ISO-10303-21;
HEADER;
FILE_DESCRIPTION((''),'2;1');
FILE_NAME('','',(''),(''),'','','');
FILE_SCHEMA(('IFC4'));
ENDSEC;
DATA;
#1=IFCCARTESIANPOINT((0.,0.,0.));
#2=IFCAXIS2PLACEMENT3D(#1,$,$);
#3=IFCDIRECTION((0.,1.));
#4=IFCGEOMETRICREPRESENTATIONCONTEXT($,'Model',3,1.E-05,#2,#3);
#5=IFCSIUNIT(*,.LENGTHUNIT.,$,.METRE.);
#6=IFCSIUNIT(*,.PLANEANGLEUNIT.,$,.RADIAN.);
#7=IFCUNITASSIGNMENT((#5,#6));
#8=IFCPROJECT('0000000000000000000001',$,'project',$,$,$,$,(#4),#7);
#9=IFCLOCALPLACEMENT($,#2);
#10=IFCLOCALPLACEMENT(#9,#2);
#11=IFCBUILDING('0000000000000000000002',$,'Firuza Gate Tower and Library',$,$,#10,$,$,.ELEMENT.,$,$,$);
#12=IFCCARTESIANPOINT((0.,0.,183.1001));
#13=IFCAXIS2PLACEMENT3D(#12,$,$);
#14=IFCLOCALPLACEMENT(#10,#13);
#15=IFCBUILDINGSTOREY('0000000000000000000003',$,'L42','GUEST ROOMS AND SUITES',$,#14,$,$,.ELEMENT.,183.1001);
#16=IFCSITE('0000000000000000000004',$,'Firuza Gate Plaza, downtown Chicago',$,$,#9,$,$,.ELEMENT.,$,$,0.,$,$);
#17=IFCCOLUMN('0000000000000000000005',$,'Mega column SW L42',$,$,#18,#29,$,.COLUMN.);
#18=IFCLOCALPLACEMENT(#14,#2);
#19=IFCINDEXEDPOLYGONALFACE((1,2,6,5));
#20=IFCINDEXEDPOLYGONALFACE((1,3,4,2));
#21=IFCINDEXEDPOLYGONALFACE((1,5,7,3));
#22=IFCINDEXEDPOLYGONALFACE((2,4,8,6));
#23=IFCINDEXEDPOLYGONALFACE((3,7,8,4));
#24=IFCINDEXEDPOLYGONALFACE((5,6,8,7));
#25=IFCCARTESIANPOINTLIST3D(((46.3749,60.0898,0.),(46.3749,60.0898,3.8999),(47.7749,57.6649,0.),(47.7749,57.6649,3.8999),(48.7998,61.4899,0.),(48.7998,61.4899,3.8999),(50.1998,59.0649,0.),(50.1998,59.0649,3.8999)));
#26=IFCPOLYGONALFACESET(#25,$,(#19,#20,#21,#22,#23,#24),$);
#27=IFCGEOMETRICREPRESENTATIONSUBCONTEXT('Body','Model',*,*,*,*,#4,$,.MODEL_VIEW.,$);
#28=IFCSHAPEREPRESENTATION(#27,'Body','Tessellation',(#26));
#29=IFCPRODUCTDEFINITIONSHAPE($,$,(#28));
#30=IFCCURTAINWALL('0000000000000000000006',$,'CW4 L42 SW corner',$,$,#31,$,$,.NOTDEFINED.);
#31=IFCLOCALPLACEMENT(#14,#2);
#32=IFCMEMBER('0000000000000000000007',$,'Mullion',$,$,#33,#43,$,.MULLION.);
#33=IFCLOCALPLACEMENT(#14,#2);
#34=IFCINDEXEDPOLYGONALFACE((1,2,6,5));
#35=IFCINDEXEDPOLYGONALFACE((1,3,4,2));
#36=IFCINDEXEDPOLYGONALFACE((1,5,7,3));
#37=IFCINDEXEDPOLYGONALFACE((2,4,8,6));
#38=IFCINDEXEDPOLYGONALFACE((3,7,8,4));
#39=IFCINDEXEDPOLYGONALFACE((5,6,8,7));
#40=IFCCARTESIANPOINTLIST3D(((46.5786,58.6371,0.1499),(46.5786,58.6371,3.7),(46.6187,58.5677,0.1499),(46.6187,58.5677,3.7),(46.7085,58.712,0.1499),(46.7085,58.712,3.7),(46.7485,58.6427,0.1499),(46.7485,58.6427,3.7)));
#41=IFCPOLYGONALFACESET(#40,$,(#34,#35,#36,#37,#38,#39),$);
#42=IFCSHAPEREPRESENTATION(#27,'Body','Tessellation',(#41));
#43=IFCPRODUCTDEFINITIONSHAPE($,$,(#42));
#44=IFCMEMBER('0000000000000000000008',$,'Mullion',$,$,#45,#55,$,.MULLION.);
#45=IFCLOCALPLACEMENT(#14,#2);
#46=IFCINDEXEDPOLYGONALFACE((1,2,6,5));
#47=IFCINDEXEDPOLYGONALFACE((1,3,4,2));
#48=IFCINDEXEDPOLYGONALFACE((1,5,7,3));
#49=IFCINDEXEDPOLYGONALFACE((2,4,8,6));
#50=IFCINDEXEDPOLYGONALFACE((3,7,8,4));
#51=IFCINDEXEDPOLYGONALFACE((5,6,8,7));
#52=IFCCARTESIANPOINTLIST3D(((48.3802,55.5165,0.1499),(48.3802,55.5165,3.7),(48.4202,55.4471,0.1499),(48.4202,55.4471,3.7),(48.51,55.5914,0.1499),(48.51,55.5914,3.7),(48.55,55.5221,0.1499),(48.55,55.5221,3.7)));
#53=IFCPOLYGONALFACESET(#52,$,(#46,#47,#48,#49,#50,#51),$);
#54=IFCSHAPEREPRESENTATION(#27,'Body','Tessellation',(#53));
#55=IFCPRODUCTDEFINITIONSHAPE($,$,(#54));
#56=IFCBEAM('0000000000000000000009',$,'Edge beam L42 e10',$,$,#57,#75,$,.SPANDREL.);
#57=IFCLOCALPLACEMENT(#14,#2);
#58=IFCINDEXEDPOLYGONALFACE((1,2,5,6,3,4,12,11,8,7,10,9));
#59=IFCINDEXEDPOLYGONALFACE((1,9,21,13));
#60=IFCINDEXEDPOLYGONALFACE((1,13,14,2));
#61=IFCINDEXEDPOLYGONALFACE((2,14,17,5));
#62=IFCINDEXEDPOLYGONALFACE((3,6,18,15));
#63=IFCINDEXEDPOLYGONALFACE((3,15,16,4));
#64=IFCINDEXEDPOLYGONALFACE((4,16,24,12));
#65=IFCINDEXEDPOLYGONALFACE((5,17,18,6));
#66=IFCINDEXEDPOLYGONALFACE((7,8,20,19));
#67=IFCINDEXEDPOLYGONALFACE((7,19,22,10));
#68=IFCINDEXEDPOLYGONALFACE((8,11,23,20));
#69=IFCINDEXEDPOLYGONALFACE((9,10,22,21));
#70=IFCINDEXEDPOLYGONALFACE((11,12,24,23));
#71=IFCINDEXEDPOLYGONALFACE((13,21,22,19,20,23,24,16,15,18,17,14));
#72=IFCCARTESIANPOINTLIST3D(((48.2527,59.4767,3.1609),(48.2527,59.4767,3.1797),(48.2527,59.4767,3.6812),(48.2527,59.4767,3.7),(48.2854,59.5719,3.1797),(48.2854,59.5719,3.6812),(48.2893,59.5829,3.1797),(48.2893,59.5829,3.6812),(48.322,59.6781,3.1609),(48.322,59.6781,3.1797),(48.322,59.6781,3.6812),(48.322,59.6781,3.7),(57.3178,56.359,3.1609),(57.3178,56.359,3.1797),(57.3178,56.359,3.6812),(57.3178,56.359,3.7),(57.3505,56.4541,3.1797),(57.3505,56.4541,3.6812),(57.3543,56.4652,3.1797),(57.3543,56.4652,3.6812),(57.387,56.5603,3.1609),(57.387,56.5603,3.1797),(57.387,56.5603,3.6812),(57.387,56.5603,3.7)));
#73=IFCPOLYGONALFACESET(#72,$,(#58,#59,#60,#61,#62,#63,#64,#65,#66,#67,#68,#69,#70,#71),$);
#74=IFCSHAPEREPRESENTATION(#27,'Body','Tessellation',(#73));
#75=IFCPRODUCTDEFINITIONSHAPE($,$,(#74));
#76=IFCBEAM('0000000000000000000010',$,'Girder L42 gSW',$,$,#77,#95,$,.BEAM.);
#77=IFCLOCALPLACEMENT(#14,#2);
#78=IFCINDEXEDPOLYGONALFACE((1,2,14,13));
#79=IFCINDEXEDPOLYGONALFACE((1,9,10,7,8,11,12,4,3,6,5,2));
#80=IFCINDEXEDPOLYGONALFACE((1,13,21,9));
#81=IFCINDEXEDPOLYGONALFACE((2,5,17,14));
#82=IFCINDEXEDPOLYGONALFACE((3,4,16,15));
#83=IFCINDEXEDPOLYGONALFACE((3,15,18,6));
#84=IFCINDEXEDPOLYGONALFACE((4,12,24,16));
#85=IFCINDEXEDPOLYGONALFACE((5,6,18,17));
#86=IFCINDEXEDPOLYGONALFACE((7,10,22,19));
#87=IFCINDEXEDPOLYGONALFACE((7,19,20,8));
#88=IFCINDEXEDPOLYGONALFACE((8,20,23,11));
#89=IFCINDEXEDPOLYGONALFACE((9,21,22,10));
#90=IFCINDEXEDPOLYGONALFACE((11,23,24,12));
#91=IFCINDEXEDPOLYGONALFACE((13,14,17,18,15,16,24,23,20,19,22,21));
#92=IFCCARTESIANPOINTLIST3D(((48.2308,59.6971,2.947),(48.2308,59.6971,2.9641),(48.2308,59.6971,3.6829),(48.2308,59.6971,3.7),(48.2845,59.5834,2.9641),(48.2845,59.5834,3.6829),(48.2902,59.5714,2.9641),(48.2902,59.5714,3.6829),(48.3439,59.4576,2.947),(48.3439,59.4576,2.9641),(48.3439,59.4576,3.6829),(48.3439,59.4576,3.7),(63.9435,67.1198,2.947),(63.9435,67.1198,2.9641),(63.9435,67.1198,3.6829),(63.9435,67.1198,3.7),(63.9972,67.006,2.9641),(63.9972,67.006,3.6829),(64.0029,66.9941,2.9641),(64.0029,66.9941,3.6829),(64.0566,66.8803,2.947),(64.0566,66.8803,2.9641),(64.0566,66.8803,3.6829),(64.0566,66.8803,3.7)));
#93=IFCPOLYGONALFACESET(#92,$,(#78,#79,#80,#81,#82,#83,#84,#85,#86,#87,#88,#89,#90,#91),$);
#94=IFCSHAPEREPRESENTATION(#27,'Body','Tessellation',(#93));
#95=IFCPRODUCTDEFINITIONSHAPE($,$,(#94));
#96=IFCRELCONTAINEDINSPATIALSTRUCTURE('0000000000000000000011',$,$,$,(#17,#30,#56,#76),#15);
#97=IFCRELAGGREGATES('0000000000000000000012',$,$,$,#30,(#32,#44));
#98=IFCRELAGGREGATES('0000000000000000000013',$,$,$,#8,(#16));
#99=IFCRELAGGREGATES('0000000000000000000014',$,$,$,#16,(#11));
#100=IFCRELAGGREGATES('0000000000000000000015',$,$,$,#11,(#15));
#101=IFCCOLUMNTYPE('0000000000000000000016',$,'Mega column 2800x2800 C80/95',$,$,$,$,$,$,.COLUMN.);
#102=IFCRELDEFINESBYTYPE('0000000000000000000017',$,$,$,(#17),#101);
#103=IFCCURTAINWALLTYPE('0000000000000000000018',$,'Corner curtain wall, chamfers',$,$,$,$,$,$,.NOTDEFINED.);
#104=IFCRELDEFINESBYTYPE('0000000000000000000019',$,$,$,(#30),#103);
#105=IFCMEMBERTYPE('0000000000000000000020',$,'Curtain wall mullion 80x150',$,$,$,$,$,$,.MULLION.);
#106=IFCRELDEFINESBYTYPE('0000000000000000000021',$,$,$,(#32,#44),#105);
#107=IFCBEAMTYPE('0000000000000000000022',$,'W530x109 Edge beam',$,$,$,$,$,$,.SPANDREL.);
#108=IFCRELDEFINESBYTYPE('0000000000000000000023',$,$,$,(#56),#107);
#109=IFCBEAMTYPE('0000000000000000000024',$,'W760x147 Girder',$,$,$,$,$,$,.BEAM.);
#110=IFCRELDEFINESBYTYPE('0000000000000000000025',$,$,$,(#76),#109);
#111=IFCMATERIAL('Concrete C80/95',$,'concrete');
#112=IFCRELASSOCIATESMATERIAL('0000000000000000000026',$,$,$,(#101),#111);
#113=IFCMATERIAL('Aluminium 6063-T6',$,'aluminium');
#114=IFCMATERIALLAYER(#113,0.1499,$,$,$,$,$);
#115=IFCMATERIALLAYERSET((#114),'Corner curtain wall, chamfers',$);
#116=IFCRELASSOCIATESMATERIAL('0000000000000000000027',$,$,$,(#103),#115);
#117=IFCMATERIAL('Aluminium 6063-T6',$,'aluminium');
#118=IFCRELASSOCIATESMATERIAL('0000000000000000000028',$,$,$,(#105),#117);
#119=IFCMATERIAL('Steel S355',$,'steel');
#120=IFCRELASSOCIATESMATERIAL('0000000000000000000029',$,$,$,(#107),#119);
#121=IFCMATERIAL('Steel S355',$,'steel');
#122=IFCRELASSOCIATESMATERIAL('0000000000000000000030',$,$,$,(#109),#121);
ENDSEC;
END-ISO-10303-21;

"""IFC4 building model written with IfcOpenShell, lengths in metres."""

from ifc_helpers import new_model, si_unit, direction, frame, origin, origin_2d, place, context, subcontext, project, spatial, rectangle, i_section, extrude, material, layer, layer_set, material_profile, profile_set, type_object, element, aggregate, save


model = new_model("IFC4")

# Units and contexts
model_context = context("Model", 3, precision=1e-05, world=origin(), true_north=direction((0.0, 1.0)))
body_context = subcontext(model_context, "Body", "Model", "MODEL_VIEW")
ifc_project = project(units=[si_unit("LENGTHUNIT", "METRE"), si_unit("PLANEANGLEUNIT", "RADIAN")], contexts=[model_context])

# Site, building, storey
site_placement = place(None, origin())
site = spatial("IfcSite", under=ifc_project, at=site_placement, Name="Firuza Gate Plaza, downtown Chicago", CompositionType="ELEMENT", RefElevation=0.0)
building_placement = place(site_placement, origin())
building = spatial("IfcBuilding", under=site, at=building_placement, Name="Firuza Gate Tower and Library", CompositionType="ELEMENT")
storey_placement = place(building_placement, frame((0.0, 0.0, 183.1001)))
storey = spatial("IfcBuildingStorey", under=building, at=storey_placement, Name="L42", Description="GUEST ROOMS AND SUITES", CompositionType="ELEMENT", Elevation=183.1001)

# Column
ifc_material_1 = material(Name="Concrete C80/95", Category="concrete")
ifc_material_profile_1 = material_profile(ifc_material_1, rectangle(XDim=2.8, YDim=2.8, at=origin_2d()))
ifc_profile_set_1 = profile_set([ifc_material_profile_1], Name="Concrete C80/95")
column_type = type_object("IfcColumnType", Name="Mega column 2800x2800 C80/95", PredefinedType="COLUMN", material=ifc_profile_set_1)
column_placement = place(storey_placement, frame((48.2874, 59.5774, 0.0), z_axis=(0.0, 0.0, 1.0), x_axis=(0.5, -0.866025, 0.0)))
element("IfcColumn", 1, at=column_placement, inside=storey, type_object=column_type, Name="Mega column SW L42", PredefinedType="COLUMN", context=body_context, shape_type="SweptSolid", body=[
    extrude(rectangle(XDim=2.8, YDim=2.8, at=origin_2d()), origin(), (0.0, 0.0, 1.0), 3.8999),
])

# Curtain wall, members
ifc_material_2 = material(Name="Aluminium 6063-T6", Category="aluminium")
ifc_layer_1 = layer(ifc_material_2, 0.1499)
ifc_layer_set_1 = layer_set([ifc_layer_1], Name="Corner curtain wall, chamfers")
curtain_wall_type = type_object("IfcCurtainWallType", Name="Corner curtain wall, chamfers", PredefinedType="NOTDEFINED", material=ifc_layer_set_1)
placement_1 = place(storey_placement, origin())
curtain_wall = element("IfcCurtainWall", 2, at=placement_1, inside=storey, type_object=curtain_wall_type, Name="CW4 L42 SW corner", PredefinedType="NOTDEFINED")
ifc_material_3 = material(Name="Aluminium 6063-T6", Category="aluminium")
ifc_material_profile_2 = material_profile(ifc_material_3, rectangle(XDim=0.1499, YDim=0.0801, at=origin_2d()))
ifc_profile_set_2 = profile_set([ifc_material_profile_2], Name="Aluminium 6063-T6")
member_type = type_object("IfcMemberType", Name="Curtain wall mullion 80x150", PredefinedType="MULLION", material=ifc_profile_set_2)
member_1_placement = place(storey_placement, frame((46.6636, 58.6399, 0.1499), z_axis=(0.0, 0.0, 1.0), x_axis=(0.866025, 0.5, 0.0)))
member_1 = element("IfcMember", 3, at=member_1_placement, type_object=member_type, Name="Mullion", PredefinedType="MULLION", context=body_context, shape_type="SweptSolid", body=[
    extrude(rectangle(XDim=0.1499, YDim=0.0801, at=origin_2d()), origin(), (0.0, 0.0, 1.0), 3.55),
])
member_2_placement = place(storey_placement, frame((48.4651, 55.5193, 0.1499), z_axis=(0.0, 0.0, 1.0), x_axis=(0.866025, 0.5, 0.0)))
member_2 = element("IfcMember", 4, at=member_2_placement, type_object=member_type, Name="Mullion", PredefinedType="MULLION", context=body_context, shape_type="SweptSolid", body=[
    extrude(rectangle(XDim=0.1499, YDim=0.0801, at=origin_2d()), origin(), (0.0, 0.0, 1.0), 3.55),
])

# Beams
ifc_material_4 = material(Name="Steel S355", Category="steel")
ifc_material_profile_3 = material_profile(ifc_material_4, i_section(OverallWidth=0.2129, OverallDepth=0.5391, WebThickness=0.0117, FlangeThickness=0.0188, at=origin_2d()))
ifc_profile_set_3 = profile_set([ifc_material_profile_3], Name="Steel S355")
beam_type_1 = type_object("IfcBeamType", Name="W530x109 Edge beam", PredefinedType="SPANDREL", material=ifc_profile_set_3)
beam_1_placement = place(storey_placement, frame((48.2874, 59.5774, 3.4304), z_axis=(0.945635, -0.325229, 0.0), x_axis=(0.325229, 0.945635, 0.0)))
element("IfcBeam", 5, at=beam_1_placement, inside=storey, type_object=beam_type_1, Name="Edge beam L42 e10", PredefinedType="SPANDREL", context=body_context, shape_type="SweptSolid", body=[
    extrude(i_section(OverallWidth=0.2129, OverallDepth=0.5391, WebThickness=0.0117, FlangeThickness=0.0188, at=origin_2d()), origin(), (0.0, 0.0, 1.0), 9.5862),
])
ifc_material_5 = material(Name="Steel S355", Category="steel")
ifc_material_profile_4 = material_profile(ifc_material_5, i_section(OverallWidth=0.2649, OverallDepth=0.7529, WebThickness=0.0132, FlangeThickness=0.0171, at=origin_2d()))
ifc_profile_set_4 = profile_set([ifc_material_profile_4], Name="Steel S355")
beam_type_2 = type_object("IfcBeamType", Name="W760x147 Girder", PredefinedType="BEAM", material=ifc_profile_set_4)
beam_2_placement = place(storey_placement, frame((48.2874, 59.5774, 3.3235), z_axis=(0.904188, 0.427136, 0.0), x_axis=(-0.427136, 0.904188, 0.0)))
element("IfcBeam", 6, at=beam_2_placement, inside=storey, type_object=beam_type_2, Name="Girder L42 gSW", PredefinedType="BEAM", context=body_context, shape_type="SweptSolid", body=[
    extrude(i_section(OverallWidth=0.2649, OverallDepth=0.7529, WebThickness=0.0132, FlangeThickness=0.0171, at=origin_2d()), origin(), (0.0, 0.0, 1.0), 17.3777),
])

aggregate(curtain_wall, [member_1, member_2])

save(model, "model.ifc")
